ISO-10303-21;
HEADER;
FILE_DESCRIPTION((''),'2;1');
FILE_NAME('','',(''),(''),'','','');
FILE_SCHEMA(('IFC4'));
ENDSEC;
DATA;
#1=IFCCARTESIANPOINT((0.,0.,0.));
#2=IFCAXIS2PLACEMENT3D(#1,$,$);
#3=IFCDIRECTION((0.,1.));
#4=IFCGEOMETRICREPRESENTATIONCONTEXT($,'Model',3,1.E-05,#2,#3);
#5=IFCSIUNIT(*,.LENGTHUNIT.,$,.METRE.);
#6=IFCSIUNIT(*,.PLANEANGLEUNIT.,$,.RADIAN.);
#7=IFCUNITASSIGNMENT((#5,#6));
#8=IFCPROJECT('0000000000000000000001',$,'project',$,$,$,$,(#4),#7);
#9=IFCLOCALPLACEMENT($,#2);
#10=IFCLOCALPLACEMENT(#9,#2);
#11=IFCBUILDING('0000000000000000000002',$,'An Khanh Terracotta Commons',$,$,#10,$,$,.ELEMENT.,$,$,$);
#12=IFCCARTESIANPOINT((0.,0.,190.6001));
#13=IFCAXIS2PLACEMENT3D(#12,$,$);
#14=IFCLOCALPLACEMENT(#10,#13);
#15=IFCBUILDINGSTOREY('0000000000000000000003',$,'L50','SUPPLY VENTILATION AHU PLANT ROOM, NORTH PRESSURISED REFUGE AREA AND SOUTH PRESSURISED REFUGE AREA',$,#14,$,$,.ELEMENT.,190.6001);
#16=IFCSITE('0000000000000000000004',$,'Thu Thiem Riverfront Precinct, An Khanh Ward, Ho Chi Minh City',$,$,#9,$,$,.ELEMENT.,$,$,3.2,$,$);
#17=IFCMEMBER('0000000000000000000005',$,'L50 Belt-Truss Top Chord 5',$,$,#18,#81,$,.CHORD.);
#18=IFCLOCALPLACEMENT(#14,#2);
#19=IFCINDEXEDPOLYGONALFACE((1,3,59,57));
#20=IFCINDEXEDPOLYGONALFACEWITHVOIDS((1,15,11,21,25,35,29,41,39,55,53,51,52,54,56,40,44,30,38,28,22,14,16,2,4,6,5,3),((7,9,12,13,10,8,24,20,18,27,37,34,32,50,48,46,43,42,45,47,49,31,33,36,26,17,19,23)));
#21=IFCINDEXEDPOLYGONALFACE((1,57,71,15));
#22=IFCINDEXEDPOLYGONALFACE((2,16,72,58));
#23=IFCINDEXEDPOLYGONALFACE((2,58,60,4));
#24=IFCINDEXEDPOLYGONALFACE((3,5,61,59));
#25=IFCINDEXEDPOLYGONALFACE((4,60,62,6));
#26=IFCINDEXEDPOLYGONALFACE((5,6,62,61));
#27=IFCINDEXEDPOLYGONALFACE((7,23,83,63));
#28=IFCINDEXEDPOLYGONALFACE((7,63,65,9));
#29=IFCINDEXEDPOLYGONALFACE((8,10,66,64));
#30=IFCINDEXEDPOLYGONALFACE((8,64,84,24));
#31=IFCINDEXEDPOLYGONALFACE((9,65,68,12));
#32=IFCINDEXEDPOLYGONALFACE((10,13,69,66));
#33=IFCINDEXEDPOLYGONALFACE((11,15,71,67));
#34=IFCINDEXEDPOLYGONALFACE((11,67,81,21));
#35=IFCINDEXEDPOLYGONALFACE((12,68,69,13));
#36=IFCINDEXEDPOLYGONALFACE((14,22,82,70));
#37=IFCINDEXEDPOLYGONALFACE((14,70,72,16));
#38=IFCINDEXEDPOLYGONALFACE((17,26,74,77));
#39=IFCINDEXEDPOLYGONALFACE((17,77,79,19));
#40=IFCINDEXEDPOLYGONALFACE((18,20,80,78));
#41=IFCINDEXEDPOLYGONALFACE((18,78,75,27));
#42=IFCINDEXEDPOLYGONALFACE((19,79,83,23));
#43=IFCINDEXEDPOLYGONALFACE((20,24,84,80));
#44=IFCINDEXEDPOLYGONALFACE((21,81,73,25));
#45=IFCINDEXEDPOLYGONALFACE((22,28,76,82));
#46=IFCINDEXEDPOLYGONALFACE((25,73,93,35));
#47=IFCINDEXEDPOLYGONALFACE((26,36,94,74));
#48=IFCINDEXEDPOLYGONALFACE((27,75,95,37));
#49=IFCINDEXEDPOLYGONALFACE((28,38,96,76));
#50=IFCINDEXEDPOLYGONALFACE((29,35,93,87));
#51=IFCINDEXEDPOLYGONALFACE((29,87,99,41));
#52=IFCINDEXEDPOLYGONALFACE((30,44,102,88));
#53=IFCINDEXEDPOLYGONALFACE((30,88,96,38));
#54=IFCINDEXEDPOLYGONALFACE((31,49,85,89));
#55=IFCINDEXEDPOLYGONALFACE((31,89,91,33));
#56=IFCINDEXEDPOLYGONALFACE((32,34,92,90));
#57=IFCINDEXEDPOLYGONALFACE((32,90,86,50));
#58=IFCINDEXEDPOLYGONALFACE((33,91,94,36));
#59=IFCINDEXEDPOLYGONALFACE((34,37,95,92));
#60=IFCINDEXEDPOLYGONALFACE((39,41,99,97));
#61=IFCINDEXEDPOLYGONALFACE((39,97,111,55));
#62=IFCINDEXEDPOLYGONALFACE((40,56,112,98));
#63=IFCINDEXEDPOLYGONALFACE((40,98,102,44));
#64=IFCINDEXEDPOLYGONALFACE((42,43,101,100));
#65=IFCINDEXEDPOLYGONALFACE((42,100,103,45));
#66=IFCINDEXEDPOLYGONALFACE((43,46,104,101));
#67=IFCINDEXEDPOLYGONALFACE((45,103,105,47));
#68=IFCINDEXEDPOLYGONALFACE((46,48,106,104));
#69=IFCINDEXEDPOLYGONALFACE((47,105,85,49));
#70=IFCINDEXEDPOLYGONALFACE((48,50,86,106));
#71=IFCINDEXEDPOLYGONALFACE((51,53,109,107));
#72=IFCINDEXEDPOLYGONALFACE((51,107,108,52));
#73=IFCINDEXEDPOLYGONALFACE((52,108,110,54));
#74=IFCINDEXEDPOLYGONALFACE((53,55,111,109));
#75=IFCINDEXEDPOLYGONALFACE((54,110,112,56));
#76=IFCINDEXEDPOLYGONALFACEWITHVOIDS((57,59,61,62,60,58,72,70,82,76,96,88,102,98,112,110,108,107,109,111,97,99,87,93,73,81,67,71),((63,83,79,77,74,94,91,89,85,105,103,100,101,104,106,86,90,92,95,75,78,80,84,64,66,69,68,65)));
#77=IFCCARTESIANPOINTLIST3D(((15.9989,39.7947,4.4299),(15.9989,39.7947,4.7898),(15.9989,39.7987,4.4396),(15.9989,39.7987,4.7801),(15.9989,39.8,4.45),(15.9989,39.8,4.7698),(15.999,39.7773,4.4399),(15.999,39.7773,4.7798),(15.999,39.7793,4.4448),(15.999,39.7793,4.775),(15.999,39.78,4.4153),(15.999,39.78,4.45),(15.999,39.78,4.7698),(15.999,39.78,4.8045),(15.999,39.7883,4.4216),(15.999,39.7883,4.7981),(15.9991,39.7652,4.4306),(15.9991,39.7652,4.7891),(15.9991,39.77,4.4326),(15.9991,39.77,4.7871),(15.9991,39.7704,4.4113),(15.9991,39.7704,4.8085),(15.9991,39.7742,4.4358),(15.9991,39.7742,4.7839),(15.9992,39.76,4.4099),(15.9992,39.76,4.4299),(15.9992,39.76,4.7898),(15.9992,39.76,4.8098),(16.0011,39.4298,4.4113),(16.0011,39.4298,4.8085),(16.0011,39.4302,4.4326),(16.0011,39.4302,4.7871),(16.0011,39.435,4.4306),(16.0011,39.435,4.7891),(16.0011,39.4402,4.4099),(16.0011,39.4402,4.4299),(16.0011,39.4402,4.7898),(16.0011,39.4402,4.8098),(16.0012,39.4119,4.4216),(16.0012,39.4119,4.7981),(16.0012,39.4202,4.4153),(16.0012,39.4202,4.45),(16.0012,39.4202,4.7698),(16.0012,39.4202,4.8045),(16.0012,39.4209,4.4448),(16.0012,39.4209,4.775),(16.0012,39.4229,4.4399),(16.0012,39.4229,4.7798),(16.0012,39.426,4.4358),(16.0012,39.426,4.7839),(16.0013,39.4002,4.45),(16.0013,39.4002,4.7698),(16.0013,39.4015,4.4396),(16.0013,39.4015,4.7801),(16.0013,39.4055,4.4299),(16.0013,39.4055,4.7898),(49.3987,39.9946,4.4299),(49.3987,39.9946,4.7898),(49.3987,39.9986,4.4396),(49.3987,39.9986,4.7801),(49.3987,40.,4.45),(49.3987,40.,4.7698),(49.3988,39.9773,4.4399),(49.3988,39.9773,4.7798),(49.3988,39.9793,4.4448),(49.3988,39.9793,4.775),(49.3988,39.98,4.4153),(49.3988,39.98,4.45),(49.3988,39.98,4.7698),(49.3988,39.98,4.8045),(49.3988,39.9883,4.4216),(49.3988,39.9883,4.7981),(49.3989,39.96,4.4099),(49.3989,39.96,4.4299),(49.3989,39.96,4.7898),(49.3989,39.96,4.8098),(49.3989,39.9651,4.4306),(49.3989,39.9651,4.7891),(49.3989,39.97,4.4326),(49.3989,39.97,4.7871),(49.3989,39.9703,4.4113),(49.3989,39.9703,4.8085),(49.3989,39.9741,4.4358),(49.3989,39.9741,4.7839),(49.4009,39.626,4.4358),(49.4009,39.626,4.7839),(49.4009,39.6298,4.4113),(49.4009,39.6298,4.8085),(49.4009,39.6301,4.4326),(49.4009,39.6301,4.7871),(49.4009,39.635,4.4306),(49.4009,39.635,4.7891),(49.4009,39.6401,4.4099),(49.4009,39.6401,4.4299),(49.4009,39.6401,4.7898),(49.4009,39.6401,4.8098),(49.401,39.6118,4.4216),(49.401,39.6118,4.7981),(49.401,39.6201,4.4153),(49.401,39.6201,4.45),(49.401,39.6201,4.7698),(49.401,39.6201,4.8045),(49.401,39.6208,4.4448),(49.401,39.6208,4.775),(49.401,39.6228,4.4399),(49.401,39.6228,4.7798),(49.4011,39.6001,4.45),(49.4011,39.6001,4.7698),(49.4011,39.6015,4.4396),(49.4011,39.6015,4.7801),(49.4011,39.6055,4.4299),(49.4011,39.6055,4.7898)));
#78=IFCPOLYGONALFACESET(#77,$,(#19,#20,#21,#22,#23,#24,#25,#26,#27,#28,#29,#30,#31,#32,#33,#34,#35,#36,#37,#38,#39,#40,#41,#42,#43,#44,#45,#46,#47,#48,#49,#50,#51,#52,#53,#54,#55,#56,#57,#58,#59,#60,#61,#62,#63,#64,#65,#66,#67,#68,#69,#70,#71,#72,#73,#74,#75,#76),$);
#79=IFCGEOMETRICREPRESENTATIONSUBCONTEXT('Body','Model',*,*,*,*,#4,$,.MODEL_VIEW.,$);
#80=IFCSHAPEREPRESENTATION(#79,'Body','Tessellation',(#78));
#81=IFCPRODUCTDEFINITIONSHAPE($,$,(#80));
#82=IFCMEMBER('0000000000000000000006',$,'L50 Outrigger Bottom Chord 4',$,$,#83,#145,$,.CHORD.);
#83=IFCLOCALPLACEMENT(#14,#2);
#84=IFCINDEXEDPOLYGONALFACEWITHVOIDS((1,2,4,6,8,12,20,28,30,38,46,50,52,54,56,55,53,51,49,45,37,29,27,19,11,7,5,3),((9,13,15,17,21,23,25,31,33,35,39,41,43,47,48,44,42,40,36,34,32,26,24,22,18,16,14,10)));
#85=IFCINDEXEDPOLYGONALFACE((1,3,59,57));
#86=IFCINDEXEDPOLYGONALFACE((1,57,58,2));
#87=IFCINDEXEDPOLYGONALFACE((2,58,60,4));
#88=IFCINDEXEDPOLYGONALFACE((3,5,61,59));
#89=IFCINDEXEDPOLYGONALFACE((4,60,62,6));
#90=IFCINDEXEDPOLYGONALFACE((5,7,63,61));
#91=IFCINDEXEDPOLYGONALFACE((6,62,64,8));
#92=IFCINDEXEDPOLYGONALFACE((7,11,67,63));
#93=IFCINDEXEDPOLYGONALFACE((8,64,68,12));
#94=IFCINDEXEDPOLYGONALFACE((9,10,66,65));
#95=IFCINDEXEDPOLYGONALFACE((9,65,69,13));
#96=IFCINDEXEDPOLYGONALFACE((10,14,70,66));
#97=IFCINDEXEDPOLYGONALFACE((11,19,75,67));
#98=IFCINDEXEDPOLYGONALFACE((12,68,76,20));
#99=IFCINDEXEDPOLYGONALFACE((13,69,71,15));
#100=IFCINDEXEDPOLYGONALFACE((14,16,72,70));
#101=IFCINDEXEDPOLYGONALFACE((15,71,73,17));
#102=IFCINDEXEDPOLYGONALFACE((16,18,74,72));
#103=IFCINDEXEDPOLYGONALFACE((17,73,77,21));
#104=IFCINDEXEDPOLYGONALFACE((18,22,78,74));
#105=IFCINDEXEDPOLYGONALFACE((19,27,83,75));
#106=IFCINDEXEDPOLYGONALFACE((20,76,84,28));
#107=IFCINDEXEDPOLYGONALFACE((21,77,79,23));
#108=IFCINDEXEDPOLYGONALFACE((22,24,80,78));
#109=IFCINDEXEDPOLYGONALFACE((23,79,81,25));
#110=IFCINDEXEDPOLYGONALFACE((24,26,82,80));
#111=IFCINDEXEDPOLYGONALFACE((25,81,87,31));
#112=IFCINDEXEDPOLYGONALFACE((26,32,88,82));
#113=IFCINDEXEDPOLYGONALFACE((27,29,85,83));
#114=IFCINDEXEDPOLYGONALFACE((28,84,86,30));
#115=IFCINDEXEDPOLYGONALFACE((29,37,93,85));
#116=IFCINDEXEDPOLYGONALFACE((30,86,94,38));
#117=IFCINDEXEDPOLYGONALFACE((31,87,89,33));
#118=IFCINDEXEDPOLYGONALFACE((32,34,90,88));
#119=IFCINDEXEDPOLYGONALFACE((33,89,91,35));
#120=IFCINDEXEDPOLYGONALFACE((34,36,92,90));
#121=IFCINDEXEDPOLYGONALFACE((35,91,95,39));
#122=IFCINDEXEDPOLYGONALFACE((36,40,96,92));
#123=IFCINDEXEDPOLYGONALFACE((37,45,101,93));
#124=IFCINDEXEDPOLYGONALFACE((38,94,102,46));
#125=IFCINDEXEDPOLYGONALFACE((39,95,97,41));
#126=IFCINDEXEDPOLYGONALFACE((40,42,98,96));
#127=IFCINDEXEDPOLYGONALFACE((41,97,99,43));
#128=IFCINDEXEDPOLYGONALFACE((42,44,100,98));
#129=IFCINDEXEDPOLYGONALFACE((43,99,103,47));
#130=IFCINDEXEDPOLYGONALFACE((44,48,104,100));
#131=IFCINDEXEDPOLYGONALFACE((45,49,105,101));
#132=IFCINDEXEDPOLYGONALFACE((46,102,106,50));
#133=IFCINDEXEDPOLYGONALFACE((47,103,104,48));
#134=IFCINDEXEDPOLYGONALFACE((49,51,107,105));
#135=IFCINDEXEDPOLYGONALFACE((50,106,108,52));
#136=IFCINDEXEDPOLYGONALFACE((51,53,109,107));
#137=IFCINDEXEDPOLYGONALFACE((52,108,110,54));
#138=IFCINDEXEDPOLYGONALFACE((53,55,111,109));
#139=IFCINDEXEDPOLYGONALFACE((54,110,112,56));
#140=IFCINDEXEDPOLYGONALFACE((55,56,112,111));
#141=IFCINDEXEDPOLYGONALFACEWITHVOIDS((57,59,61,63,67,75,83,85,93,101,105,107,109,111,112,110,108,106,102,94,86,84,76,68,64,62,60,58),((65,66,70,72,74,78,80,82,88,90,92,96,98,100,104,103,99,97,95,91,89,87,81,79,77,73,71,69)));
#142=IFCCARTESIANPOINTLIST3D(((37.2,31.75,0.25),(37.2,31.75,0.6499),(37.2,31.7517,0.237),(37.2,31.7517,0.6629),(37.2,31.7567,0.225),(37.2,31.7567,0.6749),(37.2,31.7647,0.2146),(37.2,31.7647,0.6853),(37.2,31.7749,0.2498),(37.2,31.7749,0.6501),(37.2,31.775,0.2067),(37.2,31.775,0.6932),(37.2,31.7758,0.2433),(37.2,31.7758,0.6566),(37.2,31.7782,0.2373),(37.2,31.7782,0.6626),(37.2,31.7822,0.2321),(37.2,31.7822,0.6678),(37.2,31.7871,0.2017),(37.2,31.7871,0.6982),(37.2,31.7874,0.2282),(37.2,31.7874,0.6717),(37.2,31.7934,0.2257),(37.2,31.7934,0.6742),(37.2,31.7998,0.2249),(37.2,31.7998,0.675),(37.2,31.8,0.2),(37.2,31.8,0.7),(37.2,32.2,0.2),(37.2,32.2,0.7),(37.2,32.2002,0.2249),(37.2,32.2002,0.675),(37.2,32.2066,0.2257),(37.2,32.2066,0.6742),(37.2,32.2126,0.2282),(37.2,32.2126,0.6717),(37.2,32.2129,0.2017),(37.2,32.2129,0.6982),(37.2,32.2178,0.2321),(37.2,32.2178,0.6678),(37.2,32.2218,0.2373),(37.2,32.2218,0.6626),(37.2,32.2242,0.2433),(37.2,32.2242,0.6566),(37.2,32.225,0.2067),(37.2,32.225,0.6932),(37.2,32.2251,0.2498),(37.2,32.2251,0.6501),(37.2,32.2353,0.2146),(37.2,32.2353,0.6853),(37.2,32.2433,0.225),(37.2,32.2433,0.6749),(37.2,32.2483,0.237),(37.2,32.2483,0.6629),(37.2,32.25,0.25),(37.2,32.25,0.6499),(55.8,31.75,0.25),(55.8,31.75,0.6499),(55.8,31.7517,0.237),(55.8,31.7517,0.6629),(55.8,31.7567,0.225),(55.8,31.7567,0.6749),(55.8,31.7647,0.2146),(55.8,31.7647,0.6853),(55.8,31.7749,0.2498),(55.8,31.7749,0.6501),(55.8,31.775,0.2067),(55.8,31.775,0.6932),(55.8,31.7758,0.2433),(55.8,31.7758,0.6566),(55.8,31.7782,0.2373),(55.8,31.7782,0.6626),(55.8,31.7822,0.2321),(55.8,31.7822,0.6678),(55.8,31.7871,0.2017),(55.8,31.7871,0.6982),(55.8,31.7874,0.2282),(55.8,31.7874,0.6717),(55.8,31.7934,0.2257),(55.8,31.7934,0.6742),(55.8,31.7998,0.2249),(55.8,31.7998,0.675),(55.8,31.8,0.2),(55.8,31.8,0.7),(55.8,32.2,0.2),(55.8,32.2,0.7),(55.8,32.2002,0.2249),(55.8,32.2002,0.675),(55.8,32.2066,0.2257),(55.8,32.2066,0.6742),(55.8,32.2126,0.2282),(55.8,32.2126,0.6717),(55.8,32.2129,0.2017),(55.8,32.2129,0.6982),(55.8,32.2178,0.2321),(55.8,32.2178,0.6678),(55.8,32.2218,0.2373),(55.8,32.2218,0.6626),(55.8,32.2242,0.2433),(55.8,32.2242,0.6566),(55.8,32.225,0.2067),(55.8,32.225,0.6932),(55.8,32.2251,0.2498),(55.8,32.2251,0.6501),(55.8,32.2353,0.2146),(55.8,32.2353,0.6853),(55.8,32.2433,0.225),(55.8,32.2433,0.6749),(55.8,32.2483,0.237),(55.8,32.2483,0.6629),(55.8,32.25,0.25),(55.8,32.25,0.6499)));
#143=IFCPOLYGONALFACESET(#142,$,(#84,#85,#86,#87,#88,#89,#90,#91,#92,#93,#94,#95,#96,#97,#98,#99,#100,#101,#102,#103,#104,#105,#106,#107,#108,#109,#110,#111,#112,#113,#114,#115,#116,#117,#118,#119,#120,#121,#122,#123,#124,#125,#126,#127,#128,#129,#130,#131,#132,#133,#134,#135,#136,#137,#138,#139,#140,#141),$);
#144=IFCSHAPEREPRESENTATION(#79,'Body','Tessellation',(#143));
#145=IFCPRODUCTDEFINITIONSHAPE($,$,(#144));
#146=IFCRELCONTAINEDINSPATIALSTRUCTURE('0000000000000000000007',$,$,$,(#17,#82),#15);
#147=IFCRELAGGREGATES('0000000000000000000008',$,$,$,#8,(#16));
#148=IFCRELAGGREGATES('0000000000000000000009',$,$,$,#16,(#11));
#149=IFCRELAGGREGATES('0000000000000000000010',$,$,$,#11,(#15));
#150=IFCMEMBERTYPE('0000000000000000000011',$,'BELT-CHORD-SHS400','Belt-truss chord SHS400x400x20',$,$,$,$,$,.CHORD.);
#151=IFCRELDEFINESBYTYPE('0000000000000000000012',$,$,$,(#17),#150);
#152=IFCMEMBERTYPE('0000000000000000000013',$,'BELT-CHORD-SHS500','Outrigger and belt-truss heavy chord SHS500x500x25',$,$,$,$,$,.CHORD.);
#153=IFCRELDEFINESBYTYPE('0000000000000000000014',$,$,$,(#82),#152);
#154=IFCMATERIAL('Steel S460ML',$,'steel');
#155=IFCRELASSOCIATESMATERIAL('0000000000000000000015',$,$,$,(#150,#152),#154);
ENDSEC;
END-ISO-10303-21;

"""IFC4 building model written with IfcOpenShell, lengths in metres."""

from ifc_helpers import new_model, si_unit, direction, frame, origin, origin_2d, place, context, subcontext, project, spatial, hollow_rectangle, extrude, material, material_profile, profile_set, type_object, element, save


model = new_model("IFC4")

# Units and contexts
model_context = context("Model", 3, precision=1e-05, world=origin(), true_north=direction((0.0, 1.0)))
body_context = subcontext(model_context, "Body", "Model", "MODEL_VIEW")
ifc_project = project(units=[si_unit("LENGTHUNIT", "METRE"), si_unit("PLANEANGLEUNIT", "RADIAN")], contexts=[model_context])

# Site, building, storey
site_placement = place(None, origin())
site = spatial("IfcSite", under=ifc_project, at=site_placement, Name="Thu Thiem Riverfront Precinct, An Khanh Ward, Ho Chi Minh City", CompositionType="ELEMENT", RefElevation=3.2)
building_placement = place(site_placement, origin())
building = spatial("IfcBuilding", under=site, at=building_placement, Name="An Khanh Terracotta Commons", CompositionType="ELEMENT")
storey_placement = place(building_placement, frame((0.0, 0.0, 190.6001)))
storey = spatial("IfcBuildingStorey", under=building, at=storey_placement, Name="L50", Description="SUPPLY VENTILATION AHU PLANT ROOM, NORTH PRESSURISED REFUGE AREA AND SOUTH PRESSURISED REFUGE AREA", CompositionType="ELEMENT", Elevation=190.6001)

# Shared definitions
ifc_material_1 = material(Name="Steel S460ML", Category="steel")

# Members
ifc_material_profile_1 = material_profile(ifc_material_1, hollow_rectangle(XDim=0.3999, YDim=0.3999, WallThickness=0.02, InnerFilletRadius=0.02, OuterFilletRadius=0.04, at=origin_2d()), Name="SHS400x400x20")
ifc_profile_set_1 = profile_set([ifc_material_profile_1], Name="Steel S460ML")
member_type_1 = type_object("IfcMemberType", Name="BELT-CHORD-SHS400", Description="Belt-truss chord SHS400x400x20", PredefinedType="CHORD", material=ifc_profile_set_1)
for number, where, z_axis, x_axis, name in (
    (1, (49.3999, 39.8, 4.6099), (-0.999982, -0.005986, 0.0), (0.005986, -0.999982, 0.0), "L50 Belt-Truss Top Chord 5"),
):
    element("IfcMember", number, at=place(storey_placement, frame(where, z_axis=z_axis, x_axis=x_axis)), inside=storey, type_object=member_type_1, Name=name, PredefinedType="CHORD", context=body_context, shape_type="SweptSolid", body=[
        extrude(hollow_rectangle(XDim=0.3999, YDim=0.3999, WallThickness=0.02, InnerFilletRadius=0.02, OuterFilletRadius=0.04, at=origin_2d()), origin(), (0.0, 0.0, 1.0), 33.4004),
    ])
ifc_material_profile_2 = material_profile(ifc_material_1, hollow_rectangle(XDim=0.5, YDim=0.5, WallThickness=0.0249, InnerFilletRadius=0.0249, OuterFilletRadius=0.05, at=origin_2d()), Name="SHS500x500x25")
ifc_profile_set_2 = profile_set([ifc_material_profile_2], Name="Steel S460ML")
member_type_2 = type_object("IfcMemberType", Name="BELT-CHORD-SHS500", Description="Outrigger and belt-truss heavy chord SHS500x500x25", PredefinedType="CHORD", material=ifc_profile_set_2)
member_1_placement = place(storey_placement, frame((37.2, 32.0, 0.45), z_axis=(1.0, 0.0, 0.0), x_axis=(0.0, 1.0, 0.0)))
element("IfcMember", 2, at=member_1_placement, inside=storey, type_object=member_type_2, Name="L50 Outrigger Bottom Chord 4", PredefinedType="CHORD", context=body_context, shape_type="SweptSolid", body=[
    extrude(hollow_rectangle(XDim=0.5, YDim=0.5, WallThickness=0.0249, InnerFilletRadius=0.0249, OuterFilletRadius=0.05, at=origin_2d()), origin(), (0.0, 0.0, 1.0), 18.6001),
])

save(model, "model.ifc")
